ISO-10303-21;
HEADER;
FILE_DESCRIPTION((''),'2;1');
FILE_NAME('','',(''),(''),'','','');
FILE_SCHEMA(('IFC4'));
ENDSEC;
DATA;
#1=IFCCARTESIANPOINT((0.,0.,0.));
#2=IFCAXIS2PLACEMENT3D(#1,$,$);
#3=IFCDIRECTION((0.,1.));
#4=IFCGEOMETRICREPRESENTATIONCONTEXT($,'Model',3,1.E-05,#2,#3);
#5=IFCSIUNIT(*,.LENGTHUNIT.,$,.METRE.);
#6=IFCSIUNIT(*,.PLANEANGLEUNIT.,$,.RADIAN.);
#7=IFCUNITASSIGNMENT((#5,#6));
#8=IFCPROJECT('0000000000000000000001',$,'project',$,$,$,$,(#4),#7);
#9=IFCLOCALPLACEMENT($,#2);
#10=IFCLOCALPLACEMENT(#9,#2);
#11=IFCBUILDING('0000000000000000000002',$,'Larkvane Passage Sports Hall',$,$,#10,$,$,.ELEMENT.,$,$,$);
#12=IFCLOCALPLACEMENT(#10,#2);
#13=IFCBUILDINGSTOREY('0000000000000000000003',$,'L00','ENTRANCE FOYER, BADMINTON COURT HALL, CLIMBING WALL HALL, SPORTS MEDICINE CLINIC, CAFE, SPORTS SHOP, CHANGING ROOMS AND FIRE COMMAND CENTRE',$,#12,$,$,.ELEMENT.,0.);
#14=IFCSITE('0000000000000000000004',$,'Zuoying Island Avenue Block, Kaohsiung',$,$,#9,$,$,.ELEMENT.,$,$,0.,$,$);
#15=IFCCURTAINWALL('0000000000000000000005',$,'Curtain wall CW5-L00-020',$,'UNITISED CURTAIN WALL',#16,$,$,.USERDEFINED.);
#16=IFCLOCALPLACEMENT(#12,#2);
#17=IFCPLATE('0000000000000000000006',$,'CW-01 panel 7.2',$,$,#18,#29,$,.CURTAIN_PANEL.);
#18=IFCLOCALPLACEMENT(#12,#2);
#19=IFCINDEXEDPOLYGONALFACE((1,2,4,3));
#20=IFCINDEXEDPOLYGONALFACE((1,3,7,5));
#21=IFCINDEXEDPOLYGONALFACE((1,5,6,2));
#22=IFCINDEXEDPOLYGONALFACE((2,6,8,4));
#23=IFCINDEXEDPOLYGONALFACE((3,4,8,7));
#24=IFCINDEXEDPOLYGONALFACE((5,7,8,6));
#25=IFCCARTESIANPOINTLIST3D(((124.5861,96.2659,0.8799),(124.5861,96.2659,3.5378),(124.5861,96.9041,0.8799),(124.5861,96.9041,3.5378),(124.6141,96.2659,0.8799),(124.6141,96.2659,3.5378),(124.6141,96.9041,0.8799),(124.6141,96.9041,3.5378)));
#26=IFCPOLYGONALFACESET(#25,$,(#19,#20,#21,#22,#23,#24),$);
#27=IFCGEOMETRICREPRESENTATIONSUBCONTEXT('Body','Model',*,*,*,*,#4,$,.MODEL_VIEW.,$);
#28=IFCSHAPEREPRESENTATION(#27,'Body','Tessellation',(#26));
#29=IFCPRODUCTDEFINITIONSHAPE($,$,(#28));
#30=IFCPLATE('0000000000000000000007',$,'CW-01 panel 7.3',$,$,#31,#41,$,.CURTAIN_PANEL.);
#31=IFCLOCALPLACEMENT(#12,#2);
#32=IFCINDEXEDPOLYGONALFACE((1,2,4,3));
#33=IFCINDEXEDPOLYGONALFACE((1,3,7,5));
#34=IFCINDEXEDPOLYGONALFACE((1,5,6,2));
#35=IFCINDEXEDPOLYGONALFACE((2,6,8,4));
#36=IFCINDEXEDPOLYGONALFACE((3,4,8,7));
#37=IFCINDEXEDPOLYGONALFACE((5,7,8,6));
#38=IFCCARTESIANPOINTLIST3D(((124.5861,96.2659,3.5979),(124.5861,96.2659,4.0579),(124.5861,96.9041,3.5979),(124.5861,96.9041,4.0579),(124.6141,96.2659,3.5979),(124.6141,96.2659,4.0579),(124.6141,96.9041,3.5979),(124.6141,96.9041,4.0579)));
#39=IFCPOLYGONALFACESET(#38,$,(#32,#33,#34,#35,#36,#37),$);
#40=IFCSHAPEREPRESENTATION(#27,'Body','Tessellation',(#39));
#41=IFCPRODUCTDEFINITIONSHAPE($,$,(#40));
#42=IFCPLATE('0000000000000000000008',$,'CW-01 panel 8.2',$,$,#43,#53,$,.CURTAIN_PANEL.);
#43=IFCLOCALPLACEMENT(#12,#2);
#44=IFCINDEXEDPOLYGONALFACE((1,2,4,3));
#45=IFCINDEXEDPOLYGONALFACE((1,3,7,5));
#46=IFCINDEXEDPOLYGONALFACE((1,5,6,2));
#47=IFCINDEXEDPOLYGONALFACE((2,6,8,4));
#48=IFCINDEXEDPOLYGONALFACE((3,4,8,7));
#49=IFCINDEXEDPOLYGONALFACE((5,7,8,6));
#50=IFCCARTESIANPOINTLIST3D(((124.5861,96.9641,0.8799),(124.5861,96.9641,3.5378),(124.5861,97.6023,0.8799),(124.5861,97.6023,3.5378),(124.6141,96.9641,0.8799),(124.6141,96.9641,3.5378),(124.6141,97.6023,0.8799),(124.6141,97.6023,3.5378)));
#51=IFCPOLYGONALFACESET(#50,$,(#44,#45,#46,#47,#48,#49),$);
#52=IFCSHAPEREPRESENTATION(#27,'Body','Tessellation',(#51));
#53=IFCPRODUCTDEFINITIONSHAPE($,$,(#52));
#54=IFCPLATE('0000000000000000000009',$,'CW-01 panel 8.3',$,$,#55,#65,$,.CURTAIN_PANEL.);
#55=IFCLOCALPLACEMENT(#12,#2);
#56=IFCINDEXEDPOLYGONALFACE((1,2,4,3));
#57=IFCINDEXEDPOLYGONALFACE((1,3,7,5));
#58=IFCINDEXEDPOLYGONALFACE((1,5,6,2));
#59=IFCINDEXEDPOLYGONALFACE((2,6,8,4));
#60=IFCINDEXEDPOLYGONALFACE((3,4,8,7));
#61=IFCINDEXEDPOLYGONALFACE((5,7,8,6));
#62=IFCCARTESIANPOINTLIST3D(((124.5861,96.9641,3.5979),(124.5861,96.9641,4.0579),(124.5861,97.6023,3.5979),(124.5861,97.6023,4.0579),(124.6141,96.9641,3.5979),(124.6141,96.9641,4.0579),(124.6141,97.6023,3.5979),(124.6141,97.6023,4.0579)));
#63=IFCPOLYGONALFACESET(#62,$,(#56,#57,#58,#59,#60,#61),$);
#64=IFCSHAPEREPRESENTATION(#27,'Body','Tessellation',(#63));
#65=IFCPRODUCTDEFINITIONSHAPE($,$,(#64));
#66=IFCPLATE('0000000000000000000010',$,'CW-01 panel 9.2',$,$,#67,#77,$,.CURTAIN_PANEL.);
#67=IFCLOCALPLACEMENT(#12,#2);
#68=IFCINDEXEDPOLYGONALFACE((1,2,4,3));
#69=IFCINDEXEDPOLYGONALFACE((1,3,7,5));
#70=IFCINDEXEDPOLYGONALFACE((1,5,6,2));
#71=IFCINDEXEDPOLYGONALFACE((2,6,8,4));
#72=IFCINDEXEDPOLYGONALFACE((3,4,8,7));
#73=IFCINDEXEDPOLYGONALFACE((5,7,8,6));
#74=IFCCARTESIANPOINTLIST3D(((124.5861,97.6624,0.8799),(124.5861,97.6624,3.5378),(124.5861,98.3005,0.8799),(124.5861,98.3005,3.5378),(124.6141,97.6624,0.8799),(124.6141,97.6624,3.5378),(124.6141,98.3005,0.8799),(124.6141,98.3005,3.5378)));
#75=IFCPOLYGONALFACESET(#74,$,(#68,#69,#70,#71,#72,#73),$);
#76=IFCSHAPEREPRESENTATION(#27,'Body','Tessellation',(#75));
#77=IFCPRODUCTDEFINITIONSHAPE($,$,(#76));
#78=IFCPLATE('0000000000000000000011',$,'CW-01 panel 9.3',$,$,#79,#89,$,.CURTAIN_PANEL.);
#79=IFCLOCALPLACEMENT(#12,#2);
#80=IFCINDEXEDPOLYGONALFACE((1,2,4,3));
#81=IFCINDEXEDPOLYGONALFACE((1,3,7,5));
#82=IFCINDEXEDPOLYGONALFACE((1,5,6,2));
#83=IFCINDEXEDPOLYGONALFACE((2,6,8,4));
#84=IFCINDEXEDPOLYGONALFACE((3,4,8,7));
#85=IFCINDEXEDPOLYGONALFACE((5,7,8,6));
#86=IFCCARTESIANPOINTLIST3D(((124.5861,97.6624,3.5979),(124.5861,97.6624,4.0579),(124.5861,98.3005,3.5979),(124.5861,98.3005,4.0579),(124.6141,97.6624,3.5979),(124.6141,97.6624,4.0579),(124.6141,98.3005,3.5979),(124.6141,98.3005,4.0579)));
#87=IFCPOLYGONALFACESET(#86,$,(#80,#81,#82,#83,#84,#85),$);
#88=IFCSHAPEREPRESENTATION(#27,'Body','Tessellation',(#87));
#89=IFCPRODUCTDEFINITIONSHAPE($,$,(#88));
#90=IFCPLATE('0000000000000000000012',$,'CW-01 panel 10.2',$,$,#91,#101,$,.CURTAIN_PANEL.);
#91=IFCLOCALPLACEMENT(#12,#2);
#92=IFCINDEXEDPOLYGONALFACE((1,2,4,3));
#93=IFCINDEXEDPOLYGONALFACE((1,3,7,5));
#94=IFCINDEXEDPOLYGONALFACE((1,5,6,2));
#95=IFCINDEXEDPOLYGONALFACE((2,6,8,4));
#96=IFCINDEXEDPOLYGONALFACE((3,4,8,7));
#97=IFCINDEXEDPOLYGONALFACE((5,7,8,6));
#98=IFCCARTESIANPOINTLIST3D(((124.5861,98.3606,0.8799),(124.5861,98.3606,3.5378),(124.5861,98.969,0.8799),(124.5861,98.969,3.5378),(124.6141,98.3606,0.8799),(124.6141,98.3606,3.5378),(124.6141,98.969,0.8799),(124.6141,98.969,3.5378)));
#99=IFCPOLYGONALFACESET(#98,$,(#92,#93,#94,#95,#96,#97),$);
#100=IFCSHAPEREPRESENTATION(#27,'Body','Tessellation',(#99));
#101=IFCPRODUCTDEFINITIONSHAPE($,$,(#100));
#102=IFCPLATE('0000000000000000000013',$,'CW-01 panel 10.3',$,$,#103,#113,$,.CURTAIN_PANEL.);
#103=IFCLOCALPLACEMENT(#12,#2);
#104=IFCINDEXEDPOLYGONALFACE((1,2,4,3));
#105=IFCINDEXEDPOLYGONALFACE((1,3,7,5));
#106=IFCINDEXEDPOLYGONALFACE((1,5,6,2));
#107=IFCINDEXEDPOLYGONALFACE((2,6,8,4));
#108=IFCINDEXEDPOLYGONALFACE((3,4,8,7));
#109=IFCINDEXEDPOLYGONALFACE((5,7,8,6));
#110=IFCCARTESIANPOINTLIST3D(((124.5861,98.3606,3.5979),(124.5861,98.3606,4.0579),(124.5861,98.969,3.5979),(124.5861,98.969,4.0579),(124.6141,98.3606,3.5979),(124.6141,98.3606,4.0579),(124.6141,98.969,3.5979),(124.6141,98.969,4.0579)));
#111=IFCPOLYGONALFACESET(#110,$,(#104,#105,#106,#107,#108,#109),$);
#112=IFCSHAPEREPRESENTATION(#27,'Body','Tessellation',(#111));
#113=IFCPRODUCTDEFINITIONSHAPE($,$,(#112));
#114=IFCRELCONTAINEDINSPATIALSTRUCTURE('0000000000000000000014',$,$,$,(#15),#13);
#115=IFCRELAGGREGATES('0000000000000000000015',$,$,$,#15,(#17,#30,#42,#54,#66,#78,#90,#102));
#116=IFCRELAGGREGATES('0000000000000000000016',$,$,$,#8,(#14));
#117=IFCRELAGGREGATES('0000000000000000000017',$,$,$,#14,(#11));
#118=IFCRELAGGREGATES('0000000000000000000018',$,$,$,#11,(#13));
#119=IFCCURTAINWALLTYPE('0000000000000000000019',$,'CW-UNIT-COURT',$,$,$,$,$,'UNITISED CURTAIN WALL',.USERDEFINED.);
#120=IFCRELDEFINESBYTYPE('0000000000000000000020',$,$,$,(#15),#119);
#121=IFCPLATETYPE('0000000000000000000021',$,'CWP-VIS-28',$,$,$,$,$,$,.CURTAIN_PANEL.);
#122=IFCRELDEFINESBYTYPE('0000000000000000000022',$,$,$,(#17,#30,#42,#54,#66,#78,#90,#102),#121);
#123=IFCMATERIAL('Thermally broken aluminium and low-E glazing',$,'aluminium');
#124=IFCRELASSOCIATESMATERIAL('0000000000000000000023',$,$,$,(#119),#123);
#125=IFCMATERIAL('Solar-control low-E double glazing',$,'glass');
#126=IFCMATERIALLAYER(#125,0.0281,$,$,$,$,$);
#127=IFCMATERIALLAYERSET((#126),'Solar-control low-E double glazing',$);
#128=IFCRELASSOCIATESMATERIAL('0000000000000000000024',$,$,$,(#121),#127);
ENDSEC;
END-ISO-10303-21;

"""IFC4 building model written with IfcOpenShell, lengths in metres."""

from ifc_helpers import new_model, si_unit, direction, frame, origin, origin_2d, place, context, subcontext, project, spatial, rectangle, extrude, material, layer, layer_set, type_object, element, aggregate, save


model = new_model("IFC4")

# Units and contexts
model_context = context("Model", 3, precision=1e-05, world=origin(), true_north=direction((0.0, 1.0)))
body_context = subcontext(model_context, "Body", "Model", "MODEL_VIEW")
ifc_project = project(units=[si_unit("LENGTHUNIT", "METRE"), si_unit("PLANEANGLEUNIT", "RADIAN")], contexts=[model_context])

# Site, building, storey
site_placement = place(None, origin())
site = spatial("IfcSite", under=ifc_project, at=site_placement, Name="Zuoying Island Avenue Block, Kaohsiung", CompositionType="ELEMENT", RefElevation=0.0)
building_placement = place(site_placement, origin())
building = spatial("IfcBuilding", under=site, at=building_placement, Name="Larkvane Passage Sports Hall", CompositionType="ELEMENT")
storey_placement = place(building_placement, origin())
storey = spatial("IfcBuildingStorey", under=building, at=storey_placement, Name="L00", Description="ENTRANCE FOYER, BADMINTON COURT HALL, CLIMBING WALL HALL, SPORTS MEDICINE CLINIC, CAFE, SPORTS SHOP, CHANGING ROOMS AND FIRE COMMAND CENTRE", CompositionType="ELEMENT", Elevation=0.0)

# Curtain wall, plates
ifc_material_1 = material(Name="Thermally broken aluminium and low-E glazing", Category="aluminium")
curtain_wall_type = type_object("IfcCurtainWallType", Name="CW-UNIT-COURT", ElementType="UNITISED CURTAIN WALL", PredefinedType="USERDEFINED", material=ifc_material_1)
curtain_wall_placement = place(storey_placement, origin())
curtain_wall = element("IfcCurtainWall", 1, at=curtain_wall_placement, inside=storey, type_object=curtain_wall_type, Name="Curtain wall CW5-L00-020", ObjectType="UNITISED CURTAIN WALL", PredefinedType="USERDEFINED")
ifc_material_2 = material(Name="Solar-control low-E double glazing", Category="glass")
ifc_layer = layer(ifc_material_2, 0.0281)
ifc_layer_set = layer_set([ifc_layer], Name="Solar-control low-E double glazing")
plate_type = type_object("IfcPlateType", Name="CWP-VIS-28", PredefinedType="CURTAIN_PANEL", material=ifc_layer_set)
plate_1_placement = place(storey_placement, frame((124.6001, 96.585, 0.8799), z_axis=(0.0, 0.0, 1.0), x_axis=(0.0, 1.0, 0.0)))
plate_1 = element("IfcPlate", 2, at=plate_1_placement, type_object=plate_type, Name="CW-01 panel 7.2", PredefinedType="CURTAIN_PANEL", context=body_context, shape_type="SweptSolid", body=[
    extrude(rectangle(XDim=0.6382, YDim=0.0281, at=origin_2d()), origin(), (0.0, 0.0, 1.0), 2.658),
])
plate_2_placement = place(storey_placement, frame((124.6001, 96.585, 3.5979), z_axis=(0.0, 0.0, 1.0), x_axis=(0.0, 1.0, 0.0)))
plate_2 = element("IfcPlate", 3, at=plate_2_placement, type_object=plate_type, Name="CW-01 panel 7.3", PredefinedType="CURTAIN_PANEL", context=body_context, shape_type="SweptSolid", body=[
    extrude(rectangle(XDim=0.6382, YDim=0.0281, at=origin_2d()), origin(), (0.0, 0.0, 1.0), 0.46),
])
plate_3_placement = place(storey_placement, frame((124.6001, 97.2832, 0.8799), z_axis=(0.0, 0.0, 1.0), x_axis=(0.0, 1.0, 0.0)))
plate_3 = element("IfcPlate", 4, at=plate_3_placement, type_object=plate_type, Name="CW-01 panel 8.2", PredefinedType="CURTAIN_PANEL", context=body_context, shape_type="SweptSolid", body=[
    extrude(rectangle(XDim=0.6382, YDim=0.0281, at=origin_2d()), origin(), (0.0, 0.0, 1.0), 2.658),
])
plate_4_placement = place(storey_placement, frame((124.6001, 97.2832, 3.5979), z_axis=(0.0, 0.0, 1.0), x_axis=(0.0, 1.0, 0.0)))
plate_4 = element("IfcPlate", 5, at=plate_4_placement, type_object=plate_type, Name="CW-01 panel 8.3", PredefinedType="CURTAIN_PANEL", context=body_context, shape_type="SweptSolid", body=[
    extrude(rectangle(XDim=0.6382, YDim=0.0281, at=origin_2d()), origin(), (0.0, 0.0, 1.0), 0.46),
])
plate_5_placement = place(storey_placement, frame((124.6001, 97.9814, 0.8799), z_axis=(0.0, 0.0, 1.0), x_axis=(0.0, 1.0, 0.0)))
plate_5 = element("IfcPlate", 6, at=plate_5_placement, type_object=plate_type, Name="CW-01 panel 9.2", PredefinedType="CURTAIN_PANEL", context=body_context, shape_type="SweptSolid", body=[
    extrude(rectangle(XDim=0.6382, YDim=0.0281, at=origin_2d()), origin(), (0.0, 0.0, 1.0), 2.658),
])
plate_6_placement = place(storey_placement, frame((124.6001, 97.9814, 3.5979), z_axis=(0.0, 0.0, 1.0), x_axis=(0.0, 1.0, 0.0)))
plate_6 = element("IfcPlate", 7, at=plate_6_placement, type_object=plate_type, Name="CW-01 panel 9.3", PredefinedType="CURTAIN_PANEL", context=body_context, shape_type="SweptSolid", body=[
    extrude(rectangle(XDim=0.6382, YDim=0.0281, at=origin_2d()), origin(), (0.0, 0.0, 1.0), 0.46),
])
plate_7_placement = place(storey_placement, frame((124.6001, 98.6648, 0.8799), z_axis=(0.0, 0.0, 1.0), x_axis=(0.0, 1.0, 0.0)))
plate_7 = element("IfcPlate", 8, at=plate_7_placement, type_object=plate_type, Name="CW-01 panel 10.2", PredefinedType="CURTAIN_PANEL", context=body_context, shape_type="SweptSolid", body=[
    extrude(rectangle(XDim=0.6084, YDim=0.0281, at=origin_2d()), origin(), (0.0, 0.0, 1.0), 2.658),
])
plate_8_placement = place(storey_placement, frame((124.6001, 98.6648, 3.5979), z_axis=(0.0, 0.0, 1.0), x_axis=(0.0, 1.0, 0.0)))
plate_8 = element("IfcPlate", 9, at=plate_8_placement, type_object=plate_type, Name="CW-01 panel 10.3", PredefinedType="CURTAIN_PANEL", context=body_context, shape_type="SweptSolid", body=[
    extrude(rectangle(XDim=0.6084, YDim=0.0281, at=origin_2d()), origin(), (0.0, 0.0, 1.0), 0.46),
])
aggregate(curtain_wall, [plate_1, plate_2, plate_3, plate_4, plate_5, plate_6, plate_7, plate_8])

save(model, "model.ifc")
